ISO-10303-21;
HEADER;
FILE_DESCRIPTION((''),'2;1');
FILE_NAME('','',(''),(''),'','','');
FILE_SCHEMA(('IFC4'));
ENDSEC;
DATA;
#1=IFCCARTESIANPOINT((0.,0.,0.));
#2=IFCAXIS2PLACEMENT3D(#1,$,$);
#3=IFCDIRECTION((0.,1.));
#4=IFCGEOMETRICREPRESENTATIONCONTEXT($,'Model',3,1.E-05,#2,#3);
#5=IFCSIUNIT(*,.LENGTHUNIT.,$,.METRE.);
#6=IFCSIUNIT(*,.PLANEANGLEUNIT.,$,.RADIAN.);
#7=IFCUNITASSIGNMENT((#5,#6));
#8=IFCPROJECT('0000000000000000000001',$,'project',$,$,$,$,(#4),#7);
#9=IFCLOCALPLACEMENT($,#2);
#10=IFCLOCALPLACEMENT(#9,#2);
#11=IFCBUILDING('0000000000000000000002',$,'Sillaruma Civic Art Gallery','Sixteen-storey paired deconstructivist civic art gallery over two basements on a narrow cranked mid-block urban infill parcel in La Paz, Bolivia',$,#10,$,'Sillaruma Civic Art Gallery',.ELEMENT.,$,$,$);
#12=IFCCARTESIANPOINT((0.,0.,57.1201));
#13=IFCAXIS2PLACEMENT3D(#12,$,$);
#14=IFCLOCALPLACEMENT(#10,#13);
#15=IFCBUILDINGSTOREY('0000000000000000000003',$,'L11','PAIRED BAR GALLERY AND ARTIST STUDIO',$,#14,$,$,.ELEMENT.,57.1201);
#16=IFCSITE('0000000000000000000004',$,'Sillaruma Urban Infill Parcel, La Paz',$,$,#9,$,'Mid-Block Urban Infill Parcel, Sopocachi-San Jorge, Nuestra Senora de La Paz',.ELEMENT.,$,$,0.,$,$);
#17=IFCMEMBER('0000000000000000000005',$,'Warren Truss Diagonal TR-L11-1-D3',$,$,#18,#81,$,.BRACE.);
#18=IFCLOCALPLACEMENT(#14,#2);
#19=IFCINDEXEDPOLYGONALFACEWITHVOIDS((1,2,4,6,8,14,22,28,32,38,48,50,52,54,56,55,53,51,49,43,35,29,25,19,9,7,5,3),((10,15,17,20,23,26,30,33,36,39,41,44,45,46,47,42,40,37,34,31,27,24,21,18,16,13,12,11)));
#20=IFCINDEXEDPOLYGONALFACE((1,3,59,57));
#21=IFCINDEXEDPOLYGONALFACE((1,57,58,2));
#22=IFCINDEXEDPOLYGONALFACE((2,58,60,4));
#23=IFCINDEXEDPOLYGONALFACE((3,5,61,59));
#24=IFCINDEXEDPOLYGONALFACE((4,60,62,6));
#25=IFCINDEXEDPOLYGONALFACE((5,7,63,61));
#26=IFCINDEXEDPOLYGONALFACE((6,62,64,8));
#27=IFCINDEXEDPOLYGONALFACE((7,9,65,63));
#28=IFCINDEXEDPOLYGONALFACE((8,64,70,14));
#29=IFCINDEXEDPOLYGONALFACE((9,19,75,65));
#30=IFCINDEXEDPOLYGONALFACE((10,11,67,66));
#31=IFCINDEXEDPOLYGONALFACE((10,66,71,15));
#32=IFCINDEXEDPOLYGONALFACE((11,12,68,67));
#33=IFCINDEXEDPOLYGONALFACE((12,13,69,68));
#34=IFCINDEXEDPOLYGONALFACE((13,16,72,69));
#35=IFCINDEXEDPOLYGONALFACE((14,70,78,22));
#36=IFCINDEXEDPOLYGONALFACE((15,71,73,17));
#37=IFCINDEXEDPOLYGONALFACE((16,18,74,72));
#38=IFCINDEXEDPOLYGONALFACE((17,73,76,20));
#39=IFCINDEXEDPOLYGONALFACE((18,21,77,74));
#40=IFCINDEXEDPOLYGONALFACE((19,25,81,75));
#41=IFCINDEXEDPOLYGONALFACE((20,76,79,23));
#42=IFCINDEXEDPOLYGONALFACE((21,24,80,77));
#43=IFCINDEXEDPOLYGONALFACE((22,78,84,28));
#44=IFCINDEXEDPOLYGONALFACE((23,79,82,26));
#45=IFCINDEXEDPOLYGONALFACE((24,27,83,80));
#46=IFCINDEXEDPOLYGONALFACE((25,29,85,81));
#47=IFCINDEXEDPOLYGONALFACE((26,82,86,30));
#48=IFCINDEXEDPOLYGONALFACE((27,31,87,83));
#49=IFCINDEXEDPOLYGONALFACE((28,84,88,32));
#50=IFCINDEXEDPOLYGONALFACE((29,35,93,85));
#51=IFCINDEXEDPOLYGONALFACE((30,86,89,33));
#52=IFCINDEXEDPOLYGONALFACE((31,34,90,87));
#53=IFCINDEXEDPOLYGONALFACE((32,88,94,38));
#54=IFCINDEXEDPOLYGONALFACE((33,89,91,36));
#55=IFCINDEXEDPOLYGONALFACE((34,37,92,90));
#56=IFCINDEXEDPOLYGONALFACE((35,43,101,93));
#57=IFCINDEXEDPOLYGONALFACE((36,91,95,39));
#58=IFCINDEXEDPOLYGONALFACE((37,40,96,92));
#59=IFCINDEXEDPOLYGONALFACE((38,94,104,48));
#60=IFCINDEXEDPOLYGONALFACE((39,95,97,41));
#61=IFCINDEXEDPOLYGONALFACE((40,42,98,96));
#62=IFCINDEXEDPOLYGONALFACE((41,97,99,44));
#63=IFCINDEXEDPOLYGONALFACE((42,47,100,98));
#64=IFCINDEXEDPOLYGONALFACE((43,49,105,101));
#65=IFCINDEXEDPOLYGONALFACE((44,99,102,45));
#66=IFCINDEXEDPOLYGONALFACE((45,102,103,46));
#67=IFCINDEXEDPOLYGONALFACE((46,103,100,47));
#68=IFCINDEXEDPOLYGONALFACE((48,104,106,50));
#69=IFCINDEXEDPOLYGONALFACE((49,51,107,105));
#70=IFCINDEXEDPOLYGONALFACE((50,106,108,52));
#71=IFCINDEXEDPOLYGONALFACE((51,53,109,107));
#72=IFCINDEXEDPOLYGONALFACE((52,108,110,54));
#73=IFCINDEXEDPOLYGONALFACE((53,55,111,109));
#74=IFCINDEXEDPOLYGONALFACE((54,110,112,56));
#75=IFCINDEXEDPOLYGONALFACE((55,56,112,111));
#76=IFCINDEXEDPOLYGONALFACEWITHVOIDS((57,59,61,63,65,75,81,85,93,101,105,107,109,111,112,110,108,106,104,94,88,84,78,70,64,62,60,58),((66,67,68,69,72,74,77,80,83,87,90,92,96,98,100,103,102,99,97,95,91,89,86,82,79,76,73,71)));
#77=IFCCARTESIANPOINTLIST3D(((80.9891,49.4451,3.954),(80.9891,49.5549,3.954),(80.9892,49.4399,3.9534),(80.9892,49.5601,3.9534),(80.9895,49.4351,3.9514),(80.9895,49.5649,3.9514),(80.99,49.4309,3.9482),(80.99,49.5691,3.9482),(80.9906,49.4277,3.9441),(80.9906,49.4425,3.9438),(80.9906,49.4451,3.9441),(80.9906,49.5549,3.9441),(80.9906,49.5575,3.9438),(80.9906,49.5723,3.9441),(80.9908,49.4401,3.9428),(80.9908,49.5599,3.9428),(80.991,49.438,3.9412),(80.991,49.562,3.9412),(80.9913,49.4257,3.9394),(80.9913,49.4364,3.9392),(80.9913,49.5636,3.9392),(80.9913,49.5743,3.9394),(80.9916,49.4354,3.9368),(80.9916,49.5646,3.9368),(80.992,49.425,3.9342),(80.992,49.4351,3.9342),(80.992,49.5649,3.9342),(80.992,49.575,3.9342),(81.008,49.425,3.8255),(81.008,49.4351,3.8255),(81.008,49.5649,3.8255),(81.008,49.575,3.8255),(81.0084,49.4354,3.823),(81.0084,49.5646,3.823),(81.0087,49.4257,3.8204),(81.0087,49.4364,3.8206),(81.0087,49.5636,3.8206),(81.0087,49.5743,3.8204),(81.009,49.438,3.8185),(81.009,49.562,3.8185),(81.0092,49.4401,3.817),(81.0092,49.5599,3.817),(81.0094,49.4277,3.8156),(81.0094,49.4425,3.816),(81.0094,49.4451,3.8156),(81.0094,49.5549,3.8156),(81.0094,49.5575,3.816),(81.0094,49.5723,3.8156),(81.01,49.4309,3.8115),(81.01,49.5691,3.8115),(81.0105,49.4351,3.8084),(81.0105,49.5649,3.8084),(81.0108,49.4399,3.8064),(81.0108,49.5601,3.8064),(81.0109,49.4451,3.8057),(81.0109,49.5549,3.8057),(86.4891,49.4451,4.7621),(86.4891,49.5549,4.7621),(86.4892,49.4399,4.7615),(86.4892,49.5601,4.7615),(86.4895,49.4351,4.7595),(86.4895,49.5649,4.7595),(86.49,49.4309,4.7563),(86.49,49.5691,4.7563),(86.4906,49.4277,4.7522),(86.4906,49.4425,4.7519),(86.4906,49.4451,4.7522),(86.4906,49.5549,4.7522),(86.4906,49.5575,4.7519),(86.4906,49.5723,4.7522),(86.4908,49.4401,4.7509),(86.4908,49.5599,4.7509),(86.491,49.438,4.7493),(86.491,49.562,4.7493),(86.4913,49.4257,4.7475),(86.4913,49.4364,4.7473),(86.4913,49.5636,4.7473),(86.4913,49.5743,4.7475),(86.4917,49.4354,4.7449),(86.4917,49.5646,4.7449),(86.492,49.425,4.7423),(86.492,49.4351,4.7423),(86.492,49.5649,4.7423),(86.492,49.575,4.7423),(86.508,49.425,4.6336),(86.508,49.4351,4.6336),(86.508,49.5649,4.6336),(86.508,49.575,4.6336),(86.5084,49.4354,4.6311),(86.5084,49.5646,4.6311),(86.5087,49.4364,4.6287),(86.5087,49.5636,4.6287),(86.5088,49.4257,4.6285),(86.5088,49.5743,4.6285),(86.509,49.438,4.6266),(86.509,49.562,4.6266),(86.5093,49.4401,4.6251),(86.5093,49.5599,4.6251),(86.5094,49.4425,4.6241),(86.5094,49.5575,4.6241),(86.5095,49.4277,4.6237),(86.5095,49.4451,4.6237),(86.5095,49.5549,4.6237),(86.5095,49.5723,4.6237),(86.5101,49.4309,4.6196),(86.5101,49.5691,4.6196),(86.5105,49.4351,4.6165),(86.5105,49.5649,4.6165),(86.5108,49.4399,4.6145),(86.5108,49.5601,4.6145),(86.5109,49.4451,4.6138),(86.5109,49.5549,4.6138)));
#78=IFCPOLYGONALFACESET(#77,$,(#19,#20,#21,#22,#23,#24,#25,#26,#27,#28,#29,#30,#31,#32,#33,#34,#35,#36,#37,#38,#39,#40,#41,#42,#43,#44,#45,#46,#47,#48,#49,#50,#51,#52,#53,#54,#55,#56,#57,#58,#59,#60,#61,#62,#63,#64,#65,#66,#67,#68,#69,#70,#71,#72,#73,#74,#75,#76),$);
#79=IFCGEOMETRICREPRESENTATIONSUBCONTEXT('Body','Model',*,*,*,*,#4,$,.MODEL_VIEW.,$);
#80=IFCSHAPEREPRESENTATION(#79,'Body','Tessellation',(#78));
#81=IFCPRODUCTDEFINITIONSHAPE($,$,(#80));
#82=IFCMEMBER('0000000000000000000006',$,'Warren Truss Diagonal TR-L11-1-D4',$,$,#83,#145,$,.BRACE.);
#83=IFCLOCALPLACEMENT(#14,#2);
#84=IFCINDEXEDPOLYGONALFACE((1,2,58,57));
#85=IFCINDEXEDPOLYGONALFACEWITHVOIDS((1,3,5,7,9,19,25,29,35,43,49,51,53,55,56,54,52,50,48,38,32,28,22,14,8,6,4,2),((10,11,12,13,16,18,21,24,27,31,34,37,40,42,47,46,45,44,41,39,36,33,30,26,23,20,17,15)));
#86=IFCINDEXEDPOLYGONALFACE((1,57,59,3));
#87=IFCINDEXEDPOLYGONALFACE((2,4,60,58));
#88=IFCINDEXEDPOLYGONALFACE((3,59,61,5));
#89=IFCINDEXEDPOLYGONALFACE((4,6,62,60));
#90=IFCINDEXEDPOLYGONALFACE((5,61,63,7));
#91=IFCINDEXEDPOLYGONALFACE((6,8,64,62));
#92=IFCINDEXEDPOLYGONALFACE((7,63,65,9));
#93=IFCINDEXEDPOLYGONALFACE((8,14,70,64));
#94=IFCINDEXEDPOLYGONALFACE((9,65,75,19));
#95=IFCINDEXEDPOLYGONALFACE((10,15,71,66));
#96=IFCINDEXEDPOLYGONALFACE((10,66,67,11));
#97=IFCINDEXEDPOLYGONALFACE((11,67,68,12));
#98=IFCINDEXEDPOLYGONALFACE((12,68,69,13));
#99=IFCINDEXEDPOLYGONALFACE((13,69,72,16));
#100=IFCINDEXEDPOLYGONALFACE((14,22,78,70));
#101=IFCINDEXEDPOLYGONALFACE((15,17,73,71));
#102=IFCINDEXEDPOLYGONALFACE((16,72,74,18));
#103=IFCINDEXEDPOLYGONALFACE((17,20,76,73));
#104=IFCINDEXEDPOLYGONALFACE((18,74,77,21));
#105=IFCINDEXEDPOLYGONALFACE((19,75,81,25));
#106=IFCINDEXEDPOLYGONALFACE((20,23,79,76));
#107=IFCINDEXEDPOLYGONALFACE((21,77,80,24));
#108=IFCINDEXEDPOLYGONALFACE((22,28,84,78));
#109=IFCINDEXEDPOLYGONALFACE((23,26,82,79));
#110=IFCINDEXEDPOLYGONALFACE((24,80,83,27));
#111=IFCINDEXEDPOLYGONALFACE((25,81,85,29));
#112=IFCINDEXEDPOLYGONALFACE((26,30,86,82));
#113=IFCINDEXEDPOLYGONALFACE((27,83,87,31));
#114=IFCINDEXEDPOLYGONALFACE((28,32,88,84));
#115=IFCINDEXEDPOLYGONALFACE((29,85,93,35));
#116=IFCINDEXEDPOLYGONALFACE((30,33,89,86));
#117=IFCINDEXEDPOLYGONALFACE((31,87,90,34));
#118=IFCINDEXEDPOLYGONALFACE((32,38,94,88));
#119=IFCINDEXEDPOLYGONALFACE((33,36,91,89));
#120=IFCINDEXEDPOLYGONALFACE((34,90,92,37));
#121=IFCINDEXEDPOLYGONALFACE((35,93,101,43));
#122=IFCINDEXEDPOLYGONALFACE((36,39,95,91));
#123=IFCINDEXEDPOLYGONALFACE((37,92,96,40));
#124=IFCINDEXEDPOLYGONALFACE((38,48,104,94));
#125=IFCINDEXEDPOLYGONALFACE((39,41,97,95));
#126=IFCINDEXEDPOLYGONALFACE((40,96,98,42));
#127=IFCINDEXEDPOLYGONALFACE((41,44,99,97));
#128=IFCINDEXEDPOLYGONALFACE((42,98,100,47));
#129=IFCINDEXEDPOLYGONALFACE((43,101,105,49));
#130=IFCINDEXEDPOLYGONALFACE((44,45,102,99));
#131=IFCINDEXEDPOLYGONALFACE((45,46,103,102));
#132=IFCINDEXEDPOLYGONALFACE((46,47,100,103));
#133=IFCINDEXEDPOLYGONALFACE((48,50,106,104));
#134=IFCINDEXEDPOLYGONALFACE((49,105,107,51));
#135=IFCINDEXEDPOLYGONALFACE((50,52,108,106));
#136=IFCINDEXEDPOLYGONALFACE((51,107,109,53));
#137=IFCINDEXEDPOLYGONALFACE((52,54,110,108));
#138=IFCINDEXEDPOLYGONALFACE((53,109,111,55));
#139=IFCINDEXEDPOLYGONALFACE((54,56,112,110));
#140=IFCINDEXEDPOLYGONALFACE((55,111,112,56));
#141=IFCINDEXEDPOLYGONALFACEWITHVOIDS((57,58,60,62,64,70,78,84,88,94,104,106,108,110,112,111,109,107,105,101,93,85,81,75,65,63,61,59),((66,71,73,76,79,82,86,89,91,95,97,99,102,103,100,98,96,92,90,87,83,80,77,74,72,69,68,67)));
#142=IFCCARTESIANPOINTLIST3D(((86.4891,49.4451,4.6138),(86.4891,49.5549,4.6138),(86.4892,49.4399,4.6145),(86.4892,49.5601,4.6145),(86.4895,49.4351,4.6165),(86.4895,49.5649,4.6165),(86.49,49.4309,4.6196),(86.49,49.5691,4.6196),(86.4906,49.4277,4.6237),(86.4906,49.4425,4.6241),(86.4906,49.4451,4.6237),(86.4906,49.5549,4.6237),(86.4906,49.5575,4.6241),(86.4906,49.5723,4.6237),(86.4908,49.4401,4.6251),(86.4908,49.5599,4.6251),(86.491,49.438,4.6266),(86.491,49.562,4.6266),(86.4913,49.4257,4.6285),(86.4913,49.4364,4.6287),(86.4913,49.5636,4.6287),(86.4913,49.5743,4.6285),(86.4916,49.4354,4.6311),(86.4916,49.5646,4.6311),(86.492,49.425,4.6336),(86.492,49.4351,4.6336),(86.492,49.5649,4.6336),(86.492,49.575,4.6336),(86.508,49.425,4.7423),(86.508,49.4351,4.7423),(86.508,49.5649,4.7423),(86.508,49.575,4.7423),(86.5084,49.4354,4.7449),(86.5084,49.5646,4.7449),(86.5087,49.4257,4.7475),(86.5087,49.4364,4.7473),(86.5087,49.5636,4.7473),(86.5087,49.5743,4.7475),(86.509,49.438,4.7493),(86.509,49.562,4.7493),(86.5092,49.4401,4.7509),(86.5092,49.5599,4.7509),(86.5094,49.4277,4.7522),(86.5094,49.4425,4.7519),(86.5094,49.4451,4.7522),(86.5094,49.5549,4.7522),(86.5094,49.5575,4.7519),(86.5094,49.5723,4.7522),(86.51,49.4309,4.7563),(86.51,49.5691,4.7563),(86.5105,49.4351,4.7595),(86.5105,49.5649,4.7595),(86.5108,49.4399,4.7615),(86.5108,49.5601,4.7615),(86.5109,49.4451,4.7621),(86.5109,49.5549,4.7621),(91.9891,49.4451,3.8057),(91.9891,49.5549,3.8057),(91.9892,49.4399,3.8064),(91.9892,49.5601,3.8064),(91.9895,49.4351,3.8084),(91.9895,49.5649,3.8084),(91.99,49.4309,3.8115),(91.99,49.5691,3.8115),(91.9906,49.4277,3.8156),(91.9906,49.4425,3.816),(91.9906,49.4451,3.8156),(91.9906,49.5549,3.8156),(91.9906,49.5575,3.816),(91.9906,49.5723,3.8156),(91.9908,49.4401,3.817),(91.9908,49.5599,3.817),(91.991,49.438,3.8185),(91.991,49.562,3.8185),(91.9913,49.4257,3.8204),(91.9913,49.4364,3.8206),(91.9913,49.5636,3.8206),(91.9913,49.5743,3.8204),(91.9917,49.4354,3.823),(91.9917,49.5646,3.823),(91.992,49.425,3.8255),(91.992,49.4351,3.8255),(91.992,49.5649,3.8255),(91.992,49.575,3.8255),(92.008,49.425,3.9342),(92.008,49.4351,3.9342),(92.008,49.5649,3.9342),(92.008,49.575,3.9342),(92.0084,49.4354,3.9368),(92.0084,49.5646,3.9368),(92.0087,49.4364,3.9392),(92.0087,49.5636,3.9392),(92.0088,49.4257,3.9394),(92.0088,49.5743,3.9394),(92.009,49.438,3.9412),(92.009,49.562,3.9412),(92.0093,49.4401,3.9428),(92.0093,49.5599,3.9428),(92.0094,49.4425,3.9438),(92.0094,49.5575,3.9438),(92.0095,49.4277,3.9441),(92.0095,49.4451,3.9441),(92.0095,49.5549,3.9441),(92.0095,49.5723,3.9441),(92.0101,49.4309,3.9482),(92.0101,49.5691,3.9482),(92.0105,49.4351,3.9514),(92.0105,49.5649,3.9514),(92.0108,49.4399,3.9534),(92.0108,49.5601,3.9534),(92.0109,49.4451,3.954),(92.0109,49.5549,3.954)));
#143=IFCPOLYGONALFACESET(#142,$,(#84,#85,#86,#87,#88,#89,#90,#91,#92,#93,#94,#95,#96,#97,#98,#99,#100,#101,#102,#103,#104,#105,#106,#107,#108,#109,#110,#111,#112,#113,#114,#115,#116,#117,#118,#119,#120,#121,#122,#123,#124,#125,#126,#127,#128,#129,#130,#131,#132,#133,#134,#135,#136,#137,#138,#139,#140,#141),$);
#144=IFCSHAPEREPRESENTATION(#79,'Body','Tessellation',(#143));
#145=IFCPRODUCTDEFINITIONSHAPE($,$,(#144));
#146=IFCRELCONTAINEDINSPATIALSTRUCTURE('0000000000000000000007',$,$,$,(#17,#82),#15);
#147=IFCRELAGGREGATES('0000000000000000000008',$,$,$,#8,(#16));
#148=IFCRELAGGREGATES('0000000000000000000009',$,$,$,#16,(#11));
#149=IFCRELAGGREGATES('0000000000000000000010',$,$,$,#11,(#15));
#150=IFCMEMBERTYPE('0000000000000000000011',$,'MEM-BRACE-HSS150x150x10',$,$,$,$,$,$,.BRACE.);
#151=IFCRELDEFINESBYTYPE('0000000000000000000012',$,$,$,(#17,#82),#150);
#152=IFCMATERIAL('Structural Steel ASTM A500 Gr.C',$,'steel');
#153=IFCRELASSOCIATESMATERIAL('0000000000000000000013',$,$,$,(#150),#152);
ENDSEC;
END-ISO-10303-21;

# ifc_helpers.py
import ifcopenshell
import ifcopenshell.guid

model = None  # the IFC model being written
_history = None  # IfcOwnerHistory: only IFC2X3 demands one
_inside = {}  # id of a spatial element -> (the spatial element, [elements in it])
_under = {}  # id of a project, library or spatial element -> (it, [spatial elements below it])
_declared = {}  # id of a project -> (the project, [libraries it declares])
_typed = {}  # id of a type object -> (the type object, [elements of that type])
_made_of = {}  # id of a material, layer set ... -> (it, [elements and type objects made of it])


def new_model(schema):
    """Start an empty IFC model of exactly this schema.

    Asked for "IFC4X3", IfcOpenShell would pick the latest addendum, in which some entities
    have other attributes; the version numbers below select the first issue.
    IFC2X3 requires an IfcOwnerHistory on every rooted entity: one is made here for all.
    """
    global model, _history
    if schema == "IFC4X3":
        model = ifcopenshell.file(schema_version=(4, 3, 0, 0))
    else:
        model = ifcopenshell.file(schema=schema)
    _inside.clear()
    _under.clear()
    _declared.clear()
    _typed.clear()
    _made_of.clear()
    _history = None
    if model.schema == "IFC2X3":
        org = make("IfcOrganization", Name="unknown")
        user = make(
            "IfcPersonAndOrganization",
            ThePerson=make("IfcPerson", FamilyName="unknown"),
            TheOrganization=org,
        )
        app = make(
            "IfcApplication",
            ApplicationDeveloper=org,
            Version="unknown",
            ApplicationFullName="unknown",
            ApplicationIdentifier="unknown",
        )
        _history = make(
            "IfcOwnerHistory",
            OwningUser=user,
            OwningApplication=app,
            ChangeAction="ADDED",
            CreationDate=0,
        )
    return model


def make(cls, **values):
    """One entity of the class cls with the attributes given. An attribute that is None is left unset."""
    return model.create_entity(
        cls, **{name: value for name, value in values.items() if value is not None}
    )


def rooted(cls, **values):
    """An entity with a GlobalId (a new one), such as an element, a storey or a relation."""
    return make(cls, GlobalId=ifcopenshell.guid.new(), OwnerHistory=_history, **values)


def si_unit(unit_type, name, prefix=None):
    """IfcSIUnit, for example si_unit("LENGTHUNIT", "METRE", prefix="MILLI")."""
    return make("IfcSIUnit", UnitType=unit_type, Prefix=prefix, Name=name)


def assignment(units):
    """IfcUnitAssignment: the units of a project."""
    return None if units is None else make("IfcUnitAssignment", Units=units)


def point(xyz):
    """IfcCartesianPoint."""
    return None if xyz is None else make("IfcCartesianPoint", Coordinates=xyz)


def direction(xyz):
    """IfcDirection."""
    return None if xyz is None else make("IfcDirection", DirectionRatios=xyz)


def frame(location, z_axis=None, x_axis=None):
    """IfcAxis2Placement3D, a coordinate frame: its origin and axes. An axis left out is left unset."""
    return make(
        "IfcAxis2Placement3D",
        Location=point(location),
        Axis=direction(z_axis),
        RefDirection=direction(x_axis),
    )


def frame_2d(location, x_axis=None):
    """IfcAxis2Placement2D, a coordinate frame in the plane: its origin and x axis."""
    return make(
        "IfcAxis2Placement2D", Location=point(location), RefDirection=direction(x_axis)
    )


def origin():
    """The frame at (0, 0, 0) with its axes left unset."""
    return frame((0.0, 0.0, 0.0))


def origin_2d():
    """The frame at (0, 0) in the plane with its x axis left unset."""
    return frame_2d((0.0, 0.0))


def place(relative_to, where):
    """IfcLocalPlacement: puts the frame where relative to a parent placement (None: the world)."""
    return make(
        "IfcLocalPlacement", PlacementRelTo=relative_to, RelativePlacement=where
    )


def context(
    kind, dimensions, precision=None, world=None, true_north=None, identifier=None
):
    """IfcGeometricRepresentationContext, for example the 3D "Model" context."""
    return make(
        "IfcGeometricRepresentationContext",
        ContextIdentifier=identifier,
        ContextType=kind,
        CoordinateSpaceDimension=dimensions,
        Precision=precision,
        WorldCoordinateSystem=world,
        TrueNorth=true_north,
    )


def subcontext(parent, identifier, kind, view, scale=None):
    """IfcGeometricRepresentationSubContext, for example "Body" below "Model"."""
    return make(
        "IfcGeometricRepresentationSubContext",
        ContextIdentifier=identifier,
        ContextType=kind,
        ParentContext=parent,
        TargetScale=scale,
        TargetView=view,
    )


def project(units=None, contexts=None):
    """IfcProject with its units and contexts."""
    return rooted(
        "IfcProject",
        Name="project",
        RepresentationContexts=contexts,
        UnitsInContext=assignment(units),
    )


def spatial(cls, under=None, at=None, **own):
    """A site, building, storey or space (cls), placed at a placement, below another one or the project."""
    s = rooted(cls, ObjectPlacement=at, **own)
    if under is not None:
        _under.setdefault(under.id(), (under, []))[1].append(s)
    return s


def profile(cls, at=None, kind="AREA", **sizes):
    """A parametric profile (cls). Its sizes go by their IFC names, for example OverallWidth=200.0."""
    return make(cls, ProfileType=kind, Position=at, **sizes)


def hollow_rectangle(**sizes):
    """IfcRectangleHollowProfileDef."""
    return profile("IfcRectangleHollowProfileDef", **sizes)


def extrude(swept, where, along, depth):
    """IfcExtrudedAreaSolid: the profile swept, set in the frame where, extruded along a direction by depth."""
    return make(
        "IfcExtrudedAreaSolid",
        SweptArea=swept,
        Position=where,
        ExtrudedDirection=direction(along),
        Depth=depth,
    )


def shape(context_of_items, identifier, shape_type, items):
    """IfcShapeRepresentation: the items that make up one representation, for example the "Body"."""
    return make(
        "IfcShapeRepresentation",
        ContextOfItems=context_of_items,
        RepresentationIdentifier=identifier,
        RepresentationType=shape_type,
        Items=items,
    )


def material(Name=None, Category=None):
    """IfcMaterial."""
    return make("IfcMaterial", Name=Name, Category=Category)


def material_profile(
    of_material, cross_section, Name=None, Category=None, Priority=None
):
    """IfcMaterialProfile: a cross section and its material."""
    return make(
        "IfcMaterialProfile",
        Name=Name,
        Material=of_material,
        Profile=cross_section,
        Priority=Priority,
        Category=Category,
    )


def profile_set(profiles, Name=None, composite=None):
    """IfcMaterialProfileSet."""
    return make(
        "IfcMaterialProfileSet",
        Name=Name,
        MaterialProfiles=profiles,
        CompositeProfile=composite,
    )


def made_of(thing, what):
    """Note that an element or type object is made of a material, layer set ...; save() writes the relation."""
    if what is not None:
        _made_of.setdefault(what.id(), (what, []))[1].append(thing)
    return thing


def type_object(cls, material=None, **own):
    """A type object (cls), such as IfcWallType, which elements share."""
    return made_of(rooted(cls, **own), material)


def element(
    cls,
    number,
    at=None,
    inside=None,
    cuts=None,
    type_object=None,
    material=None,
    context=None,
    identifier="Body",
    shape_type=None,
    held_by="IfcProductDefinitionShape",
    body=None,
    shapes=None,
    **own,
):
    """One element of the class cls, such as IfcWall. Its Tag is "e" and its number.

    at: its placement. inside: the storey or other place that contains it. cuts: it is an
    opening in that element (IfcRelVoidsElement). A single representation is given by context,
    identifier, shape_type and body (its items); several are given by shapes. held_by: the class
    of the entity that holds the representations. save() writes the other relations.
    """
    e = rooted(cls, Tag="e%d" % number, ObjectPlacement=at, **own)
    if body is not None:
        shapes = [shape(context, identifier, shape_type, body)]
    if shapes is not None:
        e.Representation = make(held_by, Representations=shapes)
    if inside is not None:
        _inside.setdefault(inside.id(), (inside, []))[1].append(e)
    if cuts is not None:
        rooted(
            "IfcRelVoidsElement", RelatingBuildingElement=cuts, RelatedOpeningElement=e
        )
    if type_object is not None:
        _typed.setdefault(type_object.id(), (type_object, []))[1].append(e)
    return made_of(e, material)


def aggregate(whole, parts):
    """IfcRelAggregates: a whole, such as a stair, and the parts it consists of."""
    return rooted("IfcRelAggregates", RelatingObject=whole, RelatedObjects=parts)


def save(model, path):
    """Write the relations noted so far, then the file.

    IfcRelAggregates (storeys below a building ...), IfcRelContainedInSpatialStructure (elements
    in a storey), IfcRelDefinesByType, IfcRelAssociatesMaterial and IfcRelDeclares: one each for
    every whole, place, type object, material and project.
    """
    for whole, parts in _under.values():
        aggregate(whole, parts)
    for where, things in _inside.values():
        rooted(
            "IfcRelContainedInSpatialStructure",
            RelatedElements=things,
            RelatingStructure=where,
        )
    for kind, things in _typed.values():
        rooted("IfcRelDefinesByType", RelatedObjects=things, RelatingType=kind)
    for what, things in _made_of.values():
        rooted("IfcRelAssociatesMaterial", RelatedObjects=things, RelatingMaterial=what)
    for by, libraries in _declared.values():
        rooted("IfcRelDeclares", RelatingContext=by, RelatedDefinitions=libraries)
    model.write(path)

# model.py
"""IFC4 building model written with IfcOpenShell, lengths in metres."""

from ifc_helpers import new_model, si_unit, direction, frame, origin, origin_2d, place, context, subcontext, project, spatial, hollow_rectangle, extrude, material, material_profile, profile_set, type_object, element, save


model = new_model("IFC4")

# Units and contexts
model_context = context("Model", 3, precision=1e-05, world=origin(), true_north=direction((0.0, 1.0)))
body_context = subcontext(model_context, "Body", "Model", "MODEL_VIEW")
ifc_project = project(units=[si_unit("LENGTHUNIT", "METRE"), si_unit("PLANEANGLEUNIT", "RADIAN")], contexts=[model_context])

# Site, building, storey
site_placement = place(None, origin())
site = spatial("IfcSite", under=ifc_project, at=site_placement, Name="Sillaruma Urban Infill Parcel, La Paz", LongName="Mid-Block Urban Infill Parcel, Sopocachi-San Jorge, Nuestra Senora de La Paz", CompositionType="ELEMENT", RefElevation=0.0)
building_placement = place(site_placement, origin())
building = spatial("IfcBuilding", under=site, at=building_placement, Name="Sillaruma Civic Art Gallery", Description="Sixteen-storey paired deconstructivist civic art gallery over two basements on a narrow cranked mid-block urban infill parcel in La Paz, Bolivia", LongName="Sillaruma Civic Art Gallery", CompositionType="ELEMENT")
storey_placement = place(building_placement, frame((0.0, 0.0, 57.1201)))
storey = spatial("IfcBuildingStorey", under=building, at=storey_placement, Name="L11", Description="PAIRED BAR GALLERY AND ARTIST STUDIO", CompositionType="ELEMENT", Elevation=57.1201)

# Shared definitions
ifc_material_1 = material(Name="Structural Steel ASTM A500 Gr.C", Category="steel")

# Members
ifc_material_profile_1 = material_profile(ifc_material_1, hollow_rectangle(XDim=0.1499, YDim=0.1499, WallThickness=0.01, InnerFilletRadius=0.01, OuterFilletRadius=0.02, at=origin_2d()), Name="HSS150x150x10")
ifc_profile_set_1 = profile_set([ifc_material_profile_1], Name="Structural Steel ASTM A500 Gr.C")
member_type_1 = type_object("IfcMemberType", Name="MEM-BRACE-HSS150x150x10", PredefinedType="BRACE", material=ifc_profile_set_1)
for number, where, z_axis, x_axis, name in (
    (1, (81.0, 49.5, 3.8799), (0.989378, 0.0, 0.145368), (0.0, 1.0, 0.0), "Warren Truss Diagonal TR-L11-1-D3"),
    (2, (86.5, 49.5, 4.688), (0.989378, 0.0, -0.145368), (0.0, 1.0, 0.0), "Warren Truss Diagonal TR-L11-1-D4"),
):
    element("IfcMember", number, at=place(storey_placement, frame(where, z_axis=z_axis, x_axis=x_axis)), inside=storey, type_object=member_type_1, Name=name, PredefinedType="BRACE", context=body_context, shape_type="SweptSolid", body=[
        extrude(hollow_rectangle(XDim=0.1499, YDim=0.1499, WallThickness=0.01, InnerFilletRadius=0.01, OuterFilletRadius=0.02, at=origin_2d()), origin(), (0.0, 0.0, 1.0), 5.5591),
    ])

save(model, "model.ifc")
